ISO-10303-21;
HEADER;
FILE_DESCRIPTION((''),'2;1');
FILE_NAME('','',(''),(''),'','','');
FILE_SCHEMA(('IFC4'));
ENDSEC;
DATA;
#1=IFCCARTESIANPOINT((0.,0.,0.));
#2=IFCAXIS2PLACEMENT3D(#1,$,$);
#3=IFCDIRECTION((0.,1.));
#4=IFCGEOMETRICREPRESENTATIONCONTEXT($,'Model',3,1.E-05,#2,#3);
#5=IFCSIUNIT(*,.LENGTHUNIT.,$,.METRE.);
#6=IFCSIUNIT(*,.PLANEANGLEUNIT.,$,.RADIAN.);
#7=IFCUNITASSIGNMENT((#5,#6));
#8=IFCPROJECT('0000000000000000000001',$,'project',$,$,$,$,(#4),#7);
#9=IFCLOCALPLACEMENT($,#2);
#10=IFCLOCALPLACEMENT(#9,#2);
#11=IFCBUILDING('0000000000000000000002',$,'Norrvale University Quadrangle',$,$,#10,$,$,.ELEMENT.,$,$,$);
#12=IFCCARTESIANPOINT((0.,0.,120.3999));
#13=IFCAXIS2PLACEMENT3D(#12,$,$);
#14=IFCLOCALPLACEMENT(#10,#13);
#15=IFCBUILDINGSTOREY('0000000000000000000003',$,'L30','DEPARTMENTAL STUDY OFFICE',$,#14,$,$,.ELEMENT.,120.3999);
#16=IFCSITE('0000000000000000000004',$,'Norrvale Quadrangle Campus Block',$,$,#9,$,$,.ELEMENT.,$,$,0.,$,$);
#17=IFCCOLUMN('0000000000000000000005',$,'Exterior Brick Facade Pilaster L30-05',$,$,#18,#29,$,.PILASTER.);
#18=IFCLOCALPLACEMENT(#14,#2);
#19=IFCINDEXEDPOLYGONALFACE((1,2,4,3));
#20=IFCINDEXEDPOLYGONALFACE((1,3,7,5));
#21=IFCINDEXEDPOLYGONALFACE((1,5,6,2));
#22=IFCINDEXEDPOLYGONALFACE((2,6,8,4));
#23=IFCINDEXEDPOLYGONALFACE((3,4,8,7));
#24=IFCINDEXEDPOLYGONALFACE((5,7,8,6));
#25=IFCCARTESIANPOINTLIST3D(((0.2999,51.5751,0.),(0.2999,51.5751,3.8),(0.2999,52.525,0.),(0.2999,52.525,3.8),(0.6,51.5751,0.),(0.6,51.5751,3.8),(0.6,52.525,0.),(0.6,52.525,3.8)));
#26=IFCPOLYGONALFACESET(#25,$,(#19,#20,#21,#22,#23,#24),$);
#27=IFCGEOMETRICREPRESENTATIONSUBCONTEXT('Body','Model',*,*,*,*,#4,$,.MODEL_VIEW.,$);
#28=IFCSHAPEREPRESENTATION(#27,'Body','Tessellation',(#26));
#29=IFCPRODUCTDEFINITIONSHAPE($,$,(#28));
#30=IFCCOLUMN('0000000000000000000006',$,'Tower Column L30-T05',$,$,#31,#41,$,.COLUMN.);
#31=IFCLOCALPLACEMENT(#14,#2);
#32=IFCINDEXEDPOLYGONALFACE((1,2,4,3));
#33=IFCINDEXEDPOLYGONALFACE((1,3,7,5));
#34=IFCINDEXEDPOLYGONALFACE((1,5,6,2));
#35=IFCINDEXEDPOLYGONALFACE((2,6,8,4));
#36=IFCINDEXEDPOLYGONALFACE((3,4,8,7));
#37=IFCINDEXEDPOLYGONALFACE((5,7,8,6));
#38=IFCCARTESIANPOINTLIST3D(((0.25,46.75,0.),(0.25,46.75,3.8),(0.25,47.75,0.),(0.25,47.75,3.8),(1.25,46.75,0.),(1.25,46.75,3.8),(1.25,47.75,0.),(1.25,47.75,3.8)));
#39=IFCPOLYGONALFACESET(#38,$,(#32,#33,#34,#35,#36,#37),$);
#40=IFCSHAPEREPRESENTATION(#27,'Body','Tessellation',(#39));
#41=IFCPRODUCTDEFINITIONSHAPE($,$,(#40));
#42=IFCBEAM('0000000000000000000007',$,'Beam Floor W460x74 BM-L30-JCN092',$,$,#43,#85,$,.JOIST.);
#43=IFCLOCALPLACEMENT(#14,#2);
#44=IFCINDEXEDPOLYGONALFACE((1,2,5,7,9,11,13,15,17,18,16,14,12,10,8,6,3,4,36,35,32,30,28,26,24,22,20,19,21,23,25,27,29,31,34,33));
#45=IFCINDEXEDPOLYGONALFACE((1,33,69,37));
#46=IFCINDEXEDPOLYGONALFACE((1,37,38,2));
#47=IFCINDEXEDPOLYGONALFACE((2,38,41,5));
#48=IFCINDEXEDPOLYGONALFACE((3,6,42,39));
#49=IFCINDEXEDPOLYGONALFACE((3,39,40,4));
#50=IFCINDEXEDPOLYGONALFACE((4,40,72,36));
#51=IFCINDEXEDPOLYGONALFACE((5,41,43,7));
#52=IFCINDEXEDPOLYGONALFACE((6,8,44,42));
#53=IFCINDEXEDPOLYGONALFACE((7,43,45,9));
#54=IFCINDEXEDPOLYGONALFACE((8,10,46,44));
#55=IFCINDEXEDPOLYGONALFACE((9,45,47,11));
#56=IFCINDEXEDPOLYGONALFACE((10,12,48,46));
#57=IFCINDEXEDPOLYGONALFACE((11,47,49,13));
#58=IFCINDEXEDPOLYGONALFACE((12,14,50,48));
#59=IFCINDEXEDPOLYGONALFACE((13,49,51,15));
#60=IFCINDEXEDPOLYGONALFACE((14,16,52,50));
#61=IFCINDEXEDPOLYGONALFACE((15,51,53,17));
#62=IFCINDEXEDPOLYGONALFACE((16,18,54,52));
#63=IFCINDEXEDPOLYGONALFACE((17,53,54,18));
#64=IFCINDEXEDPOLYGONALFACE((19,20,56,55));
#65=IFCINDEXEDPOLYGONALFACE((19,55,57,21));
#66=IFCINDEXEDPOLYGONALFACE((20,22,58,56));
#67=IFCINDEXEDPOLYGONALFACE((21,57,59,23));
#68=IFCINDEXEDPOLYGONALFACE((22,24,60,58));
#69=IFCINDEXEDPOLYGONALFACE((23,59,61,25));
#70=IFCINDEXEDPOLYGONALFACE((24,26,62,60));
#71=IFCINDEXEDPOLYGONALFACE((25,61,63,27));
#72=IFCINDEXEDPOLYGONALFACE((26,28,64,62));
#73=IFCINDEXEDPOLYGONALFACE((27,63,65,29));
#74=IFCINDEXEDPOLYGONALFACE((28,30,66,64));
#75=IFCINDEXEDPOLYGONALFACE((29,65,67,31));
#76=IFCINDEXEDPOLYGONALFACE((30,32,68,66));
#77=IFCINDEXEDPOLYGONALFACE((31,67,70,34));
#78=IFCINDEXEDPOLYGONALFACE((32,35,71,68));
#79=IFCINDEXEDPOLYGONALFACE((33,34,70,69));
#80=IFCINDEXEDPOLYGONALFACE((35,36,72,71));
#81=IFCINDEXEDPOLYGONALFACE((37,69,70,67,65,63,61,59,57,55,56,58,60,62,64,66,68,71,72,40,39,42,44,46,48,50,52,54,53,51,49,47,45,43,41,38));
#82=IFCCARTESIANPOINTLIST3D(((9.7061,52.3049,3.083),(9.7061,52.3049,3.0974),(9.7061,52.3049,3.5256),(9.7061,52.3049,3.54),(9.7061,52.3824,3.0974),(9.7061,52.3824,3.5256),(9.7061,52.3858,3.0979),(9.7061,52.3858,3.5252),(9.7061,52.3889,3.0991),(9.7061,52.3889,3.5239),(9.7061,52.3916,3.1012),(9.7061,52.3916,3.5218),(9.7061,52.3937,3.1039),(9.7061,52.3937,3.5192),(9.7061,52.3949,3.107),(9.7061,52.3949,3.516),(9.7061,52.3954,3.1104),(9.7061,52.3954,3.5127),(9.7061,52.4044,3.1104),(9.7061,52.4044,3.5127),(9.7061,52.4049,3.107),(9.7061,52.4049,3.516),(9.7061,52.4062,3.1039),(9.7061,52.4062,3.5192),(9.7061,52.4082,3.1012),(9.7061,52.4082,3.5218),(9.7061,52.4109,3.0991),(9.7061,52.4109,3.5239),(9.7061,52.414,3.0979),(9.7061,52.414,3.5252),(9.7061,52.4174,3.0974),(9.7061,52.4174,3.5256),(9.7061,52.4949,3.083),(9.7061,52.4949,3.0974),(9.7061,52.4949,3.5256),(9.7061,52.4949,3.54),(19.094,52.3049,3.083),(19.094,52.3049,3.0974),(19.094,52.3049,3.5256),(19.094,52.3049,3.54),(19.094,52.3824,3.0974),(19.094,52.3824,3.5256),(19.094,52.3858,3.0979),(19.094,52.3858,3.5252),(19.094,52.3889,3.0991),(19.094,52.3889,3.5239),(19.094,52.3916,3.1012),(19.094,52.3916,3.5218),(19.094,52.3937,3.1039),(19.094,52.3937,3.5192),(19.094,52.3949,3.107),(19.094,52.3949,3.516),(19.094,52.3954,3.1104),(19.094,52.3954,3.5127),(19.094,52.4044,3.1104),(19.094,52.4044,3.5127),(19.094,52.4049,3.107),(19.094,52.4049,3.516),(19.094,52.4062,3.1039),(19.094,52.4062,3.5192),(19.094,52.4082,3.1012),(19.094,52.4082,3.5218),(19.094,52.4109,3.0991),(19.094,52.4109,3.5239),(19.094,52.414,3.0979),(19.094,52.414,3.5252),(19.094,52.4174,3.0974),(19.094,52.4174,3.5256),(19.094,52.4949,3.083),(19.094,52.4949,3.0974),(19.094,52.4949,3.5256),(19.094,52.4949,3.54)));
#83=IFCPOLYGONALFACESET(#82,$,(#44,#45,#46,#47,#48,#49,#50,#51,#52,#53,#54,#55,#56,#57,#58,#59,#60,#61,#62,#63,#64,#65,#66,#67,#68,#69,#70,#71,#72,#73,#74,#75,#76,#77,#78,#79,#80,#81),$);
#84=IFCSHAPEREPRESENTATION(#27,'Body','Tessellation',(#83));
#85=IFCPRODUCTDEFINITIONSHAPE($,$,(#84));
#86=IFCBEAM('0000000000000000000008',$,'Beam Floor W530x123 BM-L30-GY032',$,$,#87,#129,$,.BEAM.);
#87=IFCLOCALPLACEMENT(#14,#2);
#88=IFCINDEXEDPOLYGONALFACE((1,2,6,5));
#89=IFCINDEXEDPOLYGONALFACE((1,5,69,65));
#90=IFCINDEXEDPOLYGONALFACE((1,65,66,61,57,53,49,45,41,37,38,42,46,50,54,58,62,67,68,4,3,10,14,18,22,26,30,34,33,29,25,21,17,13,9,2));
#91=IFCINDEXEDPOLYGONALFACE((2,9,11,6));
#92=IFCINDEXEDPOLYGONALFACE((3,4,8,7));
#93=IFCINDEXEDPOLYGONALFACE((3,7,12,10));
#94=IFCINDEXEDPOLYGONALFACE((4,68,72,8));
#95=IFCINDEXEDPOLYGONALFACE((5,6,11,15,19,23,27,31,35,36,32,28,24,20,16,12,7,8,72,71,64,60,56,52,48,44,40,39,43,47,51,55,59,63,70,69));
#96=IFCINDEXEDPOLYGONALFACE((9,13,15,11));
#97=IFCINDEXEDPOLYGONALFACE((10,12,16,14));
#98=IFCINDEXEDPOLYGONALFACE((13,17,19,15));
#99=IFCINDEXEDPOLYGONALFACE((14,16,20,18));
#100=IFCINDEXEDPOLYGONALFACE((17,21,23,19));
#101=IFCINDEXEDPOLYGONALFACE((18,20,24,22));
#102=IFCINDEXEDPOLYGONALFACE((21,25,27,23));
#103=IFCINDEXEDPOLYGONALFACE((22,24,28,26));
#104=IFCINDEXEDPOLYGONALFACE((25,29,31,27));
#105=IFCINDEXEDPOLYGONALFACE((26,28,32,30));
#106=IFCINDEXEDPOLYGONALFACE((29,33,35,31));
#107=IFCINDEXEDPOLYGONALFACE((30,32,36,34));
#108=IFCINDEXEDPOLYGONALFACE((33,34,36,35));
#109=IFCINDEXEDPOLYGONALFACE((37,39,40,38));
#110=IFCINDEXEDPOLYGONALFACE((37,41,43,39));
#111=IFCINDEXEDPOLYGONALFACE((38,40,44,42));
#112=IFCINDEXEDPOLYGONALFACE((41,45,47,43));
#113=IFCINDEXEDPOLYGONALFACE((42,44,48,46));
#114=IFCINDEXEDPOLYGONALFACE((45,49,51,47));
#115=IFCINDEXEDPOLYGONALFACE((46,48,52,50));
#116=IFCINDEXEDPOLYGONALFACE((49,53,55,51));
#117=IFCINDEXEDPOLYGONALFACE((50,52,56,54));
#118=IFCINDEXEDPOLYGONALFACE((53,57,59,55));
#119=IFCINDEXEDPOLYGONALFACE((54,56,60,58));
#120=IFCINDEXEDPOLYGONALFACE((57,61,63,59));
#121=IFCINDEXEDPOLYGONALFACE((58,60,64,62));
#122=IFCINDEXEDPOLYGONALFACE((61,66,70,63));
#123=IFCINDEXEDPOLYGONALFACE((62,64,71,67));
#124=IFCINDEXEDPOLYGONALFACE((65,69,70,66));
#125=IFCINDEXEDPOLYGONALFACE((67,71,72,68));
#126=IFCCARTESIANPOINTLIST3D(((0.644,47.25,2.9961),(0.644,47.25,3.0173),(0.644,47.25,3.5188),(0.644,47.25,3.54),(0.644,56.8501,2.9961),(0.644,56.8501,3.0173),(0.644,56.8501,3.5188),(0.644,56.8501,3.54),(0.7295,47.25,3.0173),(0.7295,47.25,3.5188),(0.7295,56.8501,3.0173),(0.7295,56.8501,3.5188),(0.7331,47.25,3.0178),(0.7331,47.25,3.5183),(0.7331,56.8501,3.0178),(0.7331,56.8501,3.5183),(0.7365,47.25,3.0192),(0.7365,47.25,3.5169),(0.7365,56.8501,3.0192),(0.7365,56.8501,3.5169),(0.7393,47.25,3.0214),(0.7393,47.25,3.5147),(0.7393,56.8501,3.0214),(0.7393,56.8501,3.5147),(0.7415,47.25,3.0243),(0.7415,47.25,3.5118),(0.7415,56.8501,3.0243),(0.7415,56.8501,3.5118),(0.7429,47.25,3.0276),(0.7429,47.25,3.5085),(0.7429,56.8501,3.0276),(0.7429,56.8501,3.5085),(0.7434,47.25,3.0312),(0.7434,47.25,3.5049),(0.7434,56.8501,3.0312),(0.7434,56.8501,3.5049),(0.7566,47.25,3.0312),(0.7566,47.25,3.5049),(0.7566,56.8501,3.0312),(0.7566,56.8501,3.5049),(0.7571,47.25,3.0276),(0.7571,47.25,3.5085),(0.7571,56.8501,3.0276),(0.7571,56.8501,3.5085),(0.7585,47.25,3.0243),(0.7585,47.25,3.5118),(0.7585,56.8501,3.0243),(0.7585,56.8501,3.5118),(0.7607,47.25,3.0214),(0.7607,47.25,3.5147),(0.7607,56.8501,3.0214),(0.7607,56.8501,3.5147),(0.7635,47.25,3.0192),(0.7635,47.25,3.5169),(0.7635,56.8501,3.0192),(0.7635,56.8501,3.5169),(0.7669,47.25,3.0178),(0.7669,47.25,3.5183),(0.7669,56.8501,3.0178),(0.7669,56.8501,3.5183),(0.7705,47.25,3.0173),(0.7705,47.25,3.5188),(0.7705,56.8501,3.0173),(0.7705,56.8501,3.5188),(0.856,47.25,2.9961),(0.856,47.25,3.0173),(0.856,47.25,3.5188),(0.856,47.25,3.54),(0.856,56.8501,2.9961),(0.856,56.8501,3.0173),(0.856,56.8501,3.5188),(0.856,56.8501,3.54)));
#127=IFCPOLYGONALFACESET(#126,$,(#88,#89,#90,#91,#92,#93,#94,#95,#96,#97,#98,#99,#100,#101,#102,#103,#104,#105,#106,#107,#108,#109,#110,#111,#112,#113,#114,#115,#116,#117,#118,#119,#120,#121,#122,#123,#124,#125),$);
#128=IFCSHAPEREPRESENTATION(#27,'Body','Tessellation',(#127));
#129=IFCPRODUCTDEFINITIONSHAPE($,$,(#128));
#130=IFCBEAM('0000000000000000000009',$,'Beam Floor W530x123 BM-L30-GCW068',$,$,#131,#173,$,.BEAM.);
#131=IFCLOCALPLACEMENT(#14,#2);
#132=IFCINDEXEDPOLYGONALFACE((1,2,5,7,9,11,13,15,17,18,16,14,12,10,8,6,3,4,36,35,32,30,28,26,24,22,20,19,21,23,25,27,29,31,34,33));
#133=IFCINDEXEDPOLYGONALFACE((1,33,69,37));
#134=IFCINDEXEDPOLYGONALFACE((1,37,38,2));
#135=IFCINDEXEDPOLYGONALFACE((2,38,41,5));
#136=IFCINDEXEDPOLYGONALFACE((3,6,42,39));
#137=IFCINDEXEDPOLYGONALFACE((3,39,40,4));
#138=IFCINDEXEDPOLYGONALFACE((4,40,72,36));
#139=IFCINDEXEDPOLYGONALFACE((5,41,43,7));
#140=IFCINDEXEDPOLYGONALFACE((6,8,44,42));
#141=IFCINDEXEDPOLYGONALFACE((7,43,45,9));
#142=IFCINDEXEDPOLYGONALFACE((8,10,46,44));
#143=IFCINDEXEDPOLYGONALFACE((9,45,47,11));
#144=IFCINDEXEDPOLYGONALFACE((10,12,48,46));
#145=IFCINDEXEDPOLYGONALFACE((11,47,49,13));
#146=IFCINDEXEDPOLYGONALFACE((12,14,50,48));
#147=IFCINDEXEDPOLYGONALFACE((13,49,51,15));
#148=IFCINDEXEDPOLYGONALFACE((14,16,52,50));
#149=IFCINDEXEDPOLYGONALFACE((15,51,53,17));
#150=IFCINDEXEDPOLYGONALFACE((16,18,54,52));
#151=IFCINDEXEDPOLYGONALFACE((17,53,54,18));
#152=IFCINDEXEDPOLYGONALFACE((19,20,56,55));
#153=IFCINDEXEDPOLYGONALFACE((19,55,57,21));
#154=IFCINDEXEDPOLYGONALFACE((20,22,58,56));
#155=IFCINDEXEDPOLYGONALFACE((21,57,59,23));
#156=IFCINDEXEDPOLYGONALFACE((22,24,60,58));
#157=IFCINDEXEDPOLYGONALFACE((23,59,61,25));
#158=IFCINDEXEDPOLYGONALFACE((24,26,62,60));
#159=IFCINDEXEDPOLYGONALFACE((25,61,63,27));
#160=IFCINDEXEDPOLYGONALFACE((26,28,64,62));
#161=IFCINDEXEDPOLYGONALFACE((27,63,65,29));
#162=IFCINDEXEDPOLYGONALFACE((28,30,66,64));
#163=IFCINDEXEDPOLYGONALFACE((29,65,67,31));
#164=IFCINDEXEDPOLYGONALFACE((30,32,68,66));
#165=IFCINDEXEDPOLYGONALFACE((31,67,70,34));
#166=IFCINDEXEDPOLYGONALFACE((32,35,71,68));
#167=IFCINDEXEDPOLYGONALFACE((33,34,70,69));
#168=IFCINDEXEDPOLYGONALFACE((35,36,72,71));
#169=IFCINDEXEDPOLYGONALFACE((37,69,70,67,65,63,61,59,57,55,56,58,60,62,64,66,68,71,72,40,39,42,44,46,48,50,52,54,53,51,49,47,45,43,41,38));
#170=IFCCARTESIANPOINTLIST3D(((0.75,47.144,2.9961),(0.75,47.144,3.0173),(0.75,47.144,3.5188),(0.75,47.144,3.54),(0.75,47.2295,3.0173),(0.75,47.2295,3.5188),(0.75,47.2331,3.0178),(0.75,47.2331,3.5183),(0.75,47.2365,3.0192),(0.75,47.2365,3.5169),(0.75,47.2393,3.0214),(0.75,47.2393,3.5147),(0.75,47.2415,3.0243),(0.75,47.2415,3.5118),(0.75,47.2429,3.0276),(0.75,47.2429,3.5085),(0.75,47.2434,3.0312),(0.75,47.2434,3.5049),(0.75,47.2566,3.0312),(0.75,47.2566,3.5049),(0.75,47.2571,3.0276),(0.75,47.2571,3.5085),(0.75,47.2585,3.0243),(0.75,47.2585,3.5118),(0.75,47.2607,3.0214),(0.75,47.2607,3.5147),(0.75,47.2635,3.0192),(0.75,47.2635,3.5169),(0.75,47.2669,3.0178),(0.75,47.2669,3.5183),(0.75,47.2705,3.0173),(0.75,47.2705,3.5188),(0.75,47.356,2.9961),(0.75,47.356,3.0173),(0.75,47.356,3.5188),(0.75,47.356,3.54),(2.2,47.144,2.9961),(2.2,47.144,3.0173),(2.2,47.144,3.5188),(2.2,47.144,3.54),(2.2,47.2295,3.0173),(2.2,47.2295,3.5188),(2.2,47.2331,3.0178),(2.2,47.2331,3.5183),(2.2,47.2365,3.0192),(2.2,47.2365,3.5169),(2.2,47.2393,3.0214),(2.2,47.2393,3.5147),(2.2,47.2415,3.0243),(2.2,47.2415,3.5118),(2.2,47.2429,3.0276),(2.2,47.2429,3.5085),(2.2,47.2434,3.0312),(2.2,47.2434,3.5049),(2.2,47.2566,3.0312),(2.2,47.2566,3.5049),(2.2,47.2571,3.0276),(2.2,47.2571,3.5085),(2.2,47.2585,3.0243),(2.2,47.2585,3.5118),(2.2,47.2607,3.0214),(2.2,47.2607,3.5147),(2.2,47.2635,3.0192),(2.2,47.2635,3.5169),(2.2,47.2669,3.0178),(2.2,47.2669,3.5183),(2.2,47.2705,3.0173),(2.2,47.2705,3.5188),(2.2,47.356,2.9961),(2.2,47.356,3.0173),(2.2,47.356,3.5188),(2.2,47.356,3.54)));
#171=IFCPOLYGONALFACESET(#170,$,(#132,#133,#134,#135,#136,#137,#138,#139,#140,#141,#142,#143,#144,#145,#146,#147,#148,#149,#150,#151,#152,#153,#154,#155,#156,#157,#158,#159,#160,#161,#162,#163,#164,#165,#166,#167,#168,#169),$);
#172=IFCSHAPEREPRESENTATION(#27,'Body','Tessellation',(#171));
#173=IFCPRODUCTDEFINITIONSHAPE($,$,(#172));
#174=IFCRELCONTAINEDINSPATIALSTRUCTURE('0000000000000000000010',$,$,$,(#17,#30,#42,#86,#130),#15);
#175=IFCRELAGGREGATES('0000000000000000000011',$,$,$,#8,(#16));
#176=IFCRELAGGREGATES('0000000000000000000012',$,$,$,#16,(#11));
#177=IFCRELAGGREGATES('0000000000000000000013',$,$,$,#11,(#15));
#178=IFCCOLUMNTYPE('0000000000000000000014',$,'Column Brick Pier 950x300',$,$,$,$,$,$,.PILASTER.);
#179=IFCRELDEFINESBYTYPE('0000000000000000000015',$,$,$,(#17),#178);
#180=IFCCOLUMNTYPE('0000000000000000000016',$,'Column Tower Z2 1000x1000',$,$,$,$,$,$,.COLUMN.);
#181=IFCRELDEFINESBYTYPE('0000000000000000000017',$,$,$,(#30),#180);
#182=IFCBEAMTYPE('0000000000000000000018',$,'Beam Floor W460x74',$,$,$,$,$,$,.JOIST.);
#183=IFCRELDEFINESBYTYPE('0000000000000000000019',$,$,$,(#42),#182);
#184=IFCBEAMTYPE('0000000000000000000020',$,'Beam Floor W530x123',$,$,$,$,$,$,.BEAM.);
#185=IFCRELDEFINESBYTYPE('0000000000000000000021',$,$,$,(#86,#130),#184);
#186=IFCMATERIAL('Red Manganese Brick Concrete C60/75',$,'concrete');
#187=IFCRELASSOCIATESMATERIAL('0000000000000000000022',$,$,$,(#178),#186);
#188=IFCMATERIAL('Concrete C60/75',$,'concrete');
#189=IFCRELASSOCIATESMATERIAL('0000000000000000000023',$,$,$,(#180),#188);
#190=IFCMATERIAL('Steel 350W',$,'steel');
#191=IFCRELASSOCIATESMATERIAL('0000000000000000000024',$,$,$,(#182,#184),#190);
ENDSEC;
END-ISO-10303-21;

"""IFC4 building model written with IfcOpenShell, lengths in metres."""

from ifc_helpers import new_model, si_unit, direction, frame, origin, origin_2d, place, context, subcontext, project, spatial, rectangle, i_section, extrude, material, material_profile, profile_set, type_object, element, save


model = new_model("IFC4")

# Units and contexts
model_context = context("Model", 3, precision=1e-05, world=origin(), true_north=direction((0.0, 1.0)))
body_context = subcontext(model_context, "Body", "Model", "MODEL_VIEW")
ifc_project = project(units=[si_unit("LENGTHUNIT", "METRE"), si_unit("PLANEANGLEUNIT", "RADIAN")], contexts=[model_context])

# Site, building, storey
site_placement = place(None, origin())
site = spatial("IfcSite", under=ifc_project, at=site_placement, Name="Norrvale Quadrangle Campus Block", CompositionType="ELEMENT", RefElevation=0.0)
building_placement = place(site_placement, origin())
building = spatial("IfcBuilding", under=site, at=building_placement, Name="Norrvale University Quadrangle", CompositionType="ELEMENT")
storey_placement = place(building_placement, frame((0.0, 0.0, 120.3999)))
storey = spatial("IfcBuildingStorey", under=building, at=storey_placement, Name="L30", Description="DEPARTMENTAL STUDY OFFICE", CompositionType="ELEMENT", Elevation=120.3999)

# Columns
ifc_material_1 = material(Name="Red Manganese Brick Concrete C60/75", Category="concrete")
ifc_material_profile_1 = material_profile(ifc_material_1, rectangle(XDim=0.95, YDim=0.3, at=origin_2d()), Name="Red Manganese Brick Concrete C60/75")
ifc_profile_set_1 = profile_set([ifc_material_profile_1], Name="Red Manganese Brick Concrete C60/75")
column_type_1 = type_object("IfcColumnType", Name="Column Brick Pier 950x300", PredefinedType="PILASTER", material=ifc_profile_set_1)
column_1_placement = place(storey_placement, frame((0.45, 52.05, 0.0), z_axis=(0.0, 0.0, 1.0), x_axis=(0.0, 1.0, 0.0)))
element("IfcColumn", 1, at=column_1_placement, inside=storey, type_object=column_type_1, Name="Exterior Brick Facade Pilaster L30-05", PredefinedType="PILASTER", context=body_context, shape_type="SweptSolid", body=[
    extrude(rectangle(XDim=0.95, YDim=0.3, at=origin_2d()), origin(), (0.0, 0.0, 1.0), 3.8),
])
ifc_material_2 = material(Name="Concrete C60/75", Category="concrete")
ifc_material_profile_2 = material_profile(ifc_material_2, rectangle(XDim=1.0, YDim=1.0, at=origin_2d()), Name="Concrete C60/75")
ifc_profile_set_2 = profile_set([ifc_material_profile_2], Name="Concrete C60/75")
column_type_2 = type_object("IfcColumnType", Name="Column Tower Z2 1000x1000", PredefinedType="COLUMN", material=ifc_profile_set_2)
column_2_placement = place(storey_placement, frame((0.75, 47.25, 0.0), z_axis=(0.0, 0.0, 1.0), x_axis=(1.0, 0.0, 0.0)))
element("IfcColumn", 2, at=column_2_placement, inside=storey, type_object=column_type_2, Name="Tower Column L30-T05", PredefinedType="COLUMN", context=body_context, shape_type="SweptSolid", body=[
    extrude(rectangle(XDim=1.0, YDim=1.0, at=origin_2d()), origin(), (0.0, 0.0, 1.0), 3.8),
])

# Beams
ifc_material_3 = material(Name="Steel 350W", Category="steel")
ifc_material_profile_3 = material_profile(ifc_material_3, i_section(OverallWidth=0.1899, OverallDepth=0.457, WebThickness=0.009, FlangeThickness=0.0144, FilletRadius=0.0129, at=origin_2d()), Name="Steel 350W")
ifc_profile_set_3 = profile_set([ifc_material_profile_3], Name="Steel 350W")
beam_type_1 = type_object("IfcBeamType", Name="Beam Floor W460x74", PredefinedType="JOIST", material=ifc_profile_set_3)
beam_1_placement = place(storey_placement, frame((9.7061, 52.3999, 3.3115), z_axis=(1.0, 0.0, 0.0), x_axis=(0.0, 1.0, 0.0)))
element("IfcBeam", 3, at=beam_1_placement, inside=storey, type_object=beam_type_1, Name="Beam Floor W460x74 BM-L30-JCN092", PredefinedType="JOIST", context=body_context, shape_type="SweptSolid", body=[
    extrude(i_section(OverallWidth=0.1899, OverallDepth=0.457, WebThickness=0.009, FlangeThickness=0.0144, FilletRadius=0.0129, at=origin_2d()), origin(), (0.0, 0.0, 1.0), 9.3879),
])
ifc_material_profile_4 = material_profile(ifc_material_3, i_section(OverallWidth=0.2119, OverallDepth=0.5439, WebThickness=0.0132, FlangeThickness=0.0212, FilletRadius=0.0139, at=origin_2d()), Name="Steel 350W")
ifc_profile_set_4 = profile_set([ifc_material_profile_4], Name="Steel 350W")
beam_type_2 = type_object("IfcBeamType", Name="Beam Floor W530x123", PredefinedType="BEAM", material=ifc_profile_set_4)
beam_2_placement = place(storey_placement, frame((0.75, 47.25, 3.2681), z_axis=(0.0, 1.0, 0.0), x_axis=(-1.0, 0.0, 0.0)))
element("IfcBeam", 4, at=beam_2_placement, inside=storey, type_object=beam_type_2, Name="Beam Floor W530x123 BM-L30-GY032", PredefinedType="BEAM", context=body_context, shape_type="SweptSolid", body=[
    extrude(i_section(OverallWidth=0.2119, OverallDepth=0.5439, WebThickness=0.0132, FlangeThickness=0.0212, FilletRadius=0.0139, at=origin_2d()), origin(), (0.0, 0.0, 1.0), 9.6001),
])
beam_3_placement = place(storey_placement, frame((0.75, 47.25, 3.2681), z_axis=(1.0, 0.0, 0.0), x_axis=(0.0, 1.0, 0.0)))
element("IfcBeam", 5, at=beam_3_placement, inside=storey, type_object=beam_type_2, Name="Beam Floor W530x123 BM-L30-GCW068", PredefinedType="BEAM", context=body_context, shape_type="SweptSolid", body=[
    extrude(i_section(OverallWidth=0.2119, OverallDepth=0.5439, WebThickness=0.0132, FlangeThickness=0.0212, FilletRadius=0.0139, at=origin_2d()), origin(), (0.0, 0.0, 1.0), 1.45),
])

save(model, "model.ifc")
